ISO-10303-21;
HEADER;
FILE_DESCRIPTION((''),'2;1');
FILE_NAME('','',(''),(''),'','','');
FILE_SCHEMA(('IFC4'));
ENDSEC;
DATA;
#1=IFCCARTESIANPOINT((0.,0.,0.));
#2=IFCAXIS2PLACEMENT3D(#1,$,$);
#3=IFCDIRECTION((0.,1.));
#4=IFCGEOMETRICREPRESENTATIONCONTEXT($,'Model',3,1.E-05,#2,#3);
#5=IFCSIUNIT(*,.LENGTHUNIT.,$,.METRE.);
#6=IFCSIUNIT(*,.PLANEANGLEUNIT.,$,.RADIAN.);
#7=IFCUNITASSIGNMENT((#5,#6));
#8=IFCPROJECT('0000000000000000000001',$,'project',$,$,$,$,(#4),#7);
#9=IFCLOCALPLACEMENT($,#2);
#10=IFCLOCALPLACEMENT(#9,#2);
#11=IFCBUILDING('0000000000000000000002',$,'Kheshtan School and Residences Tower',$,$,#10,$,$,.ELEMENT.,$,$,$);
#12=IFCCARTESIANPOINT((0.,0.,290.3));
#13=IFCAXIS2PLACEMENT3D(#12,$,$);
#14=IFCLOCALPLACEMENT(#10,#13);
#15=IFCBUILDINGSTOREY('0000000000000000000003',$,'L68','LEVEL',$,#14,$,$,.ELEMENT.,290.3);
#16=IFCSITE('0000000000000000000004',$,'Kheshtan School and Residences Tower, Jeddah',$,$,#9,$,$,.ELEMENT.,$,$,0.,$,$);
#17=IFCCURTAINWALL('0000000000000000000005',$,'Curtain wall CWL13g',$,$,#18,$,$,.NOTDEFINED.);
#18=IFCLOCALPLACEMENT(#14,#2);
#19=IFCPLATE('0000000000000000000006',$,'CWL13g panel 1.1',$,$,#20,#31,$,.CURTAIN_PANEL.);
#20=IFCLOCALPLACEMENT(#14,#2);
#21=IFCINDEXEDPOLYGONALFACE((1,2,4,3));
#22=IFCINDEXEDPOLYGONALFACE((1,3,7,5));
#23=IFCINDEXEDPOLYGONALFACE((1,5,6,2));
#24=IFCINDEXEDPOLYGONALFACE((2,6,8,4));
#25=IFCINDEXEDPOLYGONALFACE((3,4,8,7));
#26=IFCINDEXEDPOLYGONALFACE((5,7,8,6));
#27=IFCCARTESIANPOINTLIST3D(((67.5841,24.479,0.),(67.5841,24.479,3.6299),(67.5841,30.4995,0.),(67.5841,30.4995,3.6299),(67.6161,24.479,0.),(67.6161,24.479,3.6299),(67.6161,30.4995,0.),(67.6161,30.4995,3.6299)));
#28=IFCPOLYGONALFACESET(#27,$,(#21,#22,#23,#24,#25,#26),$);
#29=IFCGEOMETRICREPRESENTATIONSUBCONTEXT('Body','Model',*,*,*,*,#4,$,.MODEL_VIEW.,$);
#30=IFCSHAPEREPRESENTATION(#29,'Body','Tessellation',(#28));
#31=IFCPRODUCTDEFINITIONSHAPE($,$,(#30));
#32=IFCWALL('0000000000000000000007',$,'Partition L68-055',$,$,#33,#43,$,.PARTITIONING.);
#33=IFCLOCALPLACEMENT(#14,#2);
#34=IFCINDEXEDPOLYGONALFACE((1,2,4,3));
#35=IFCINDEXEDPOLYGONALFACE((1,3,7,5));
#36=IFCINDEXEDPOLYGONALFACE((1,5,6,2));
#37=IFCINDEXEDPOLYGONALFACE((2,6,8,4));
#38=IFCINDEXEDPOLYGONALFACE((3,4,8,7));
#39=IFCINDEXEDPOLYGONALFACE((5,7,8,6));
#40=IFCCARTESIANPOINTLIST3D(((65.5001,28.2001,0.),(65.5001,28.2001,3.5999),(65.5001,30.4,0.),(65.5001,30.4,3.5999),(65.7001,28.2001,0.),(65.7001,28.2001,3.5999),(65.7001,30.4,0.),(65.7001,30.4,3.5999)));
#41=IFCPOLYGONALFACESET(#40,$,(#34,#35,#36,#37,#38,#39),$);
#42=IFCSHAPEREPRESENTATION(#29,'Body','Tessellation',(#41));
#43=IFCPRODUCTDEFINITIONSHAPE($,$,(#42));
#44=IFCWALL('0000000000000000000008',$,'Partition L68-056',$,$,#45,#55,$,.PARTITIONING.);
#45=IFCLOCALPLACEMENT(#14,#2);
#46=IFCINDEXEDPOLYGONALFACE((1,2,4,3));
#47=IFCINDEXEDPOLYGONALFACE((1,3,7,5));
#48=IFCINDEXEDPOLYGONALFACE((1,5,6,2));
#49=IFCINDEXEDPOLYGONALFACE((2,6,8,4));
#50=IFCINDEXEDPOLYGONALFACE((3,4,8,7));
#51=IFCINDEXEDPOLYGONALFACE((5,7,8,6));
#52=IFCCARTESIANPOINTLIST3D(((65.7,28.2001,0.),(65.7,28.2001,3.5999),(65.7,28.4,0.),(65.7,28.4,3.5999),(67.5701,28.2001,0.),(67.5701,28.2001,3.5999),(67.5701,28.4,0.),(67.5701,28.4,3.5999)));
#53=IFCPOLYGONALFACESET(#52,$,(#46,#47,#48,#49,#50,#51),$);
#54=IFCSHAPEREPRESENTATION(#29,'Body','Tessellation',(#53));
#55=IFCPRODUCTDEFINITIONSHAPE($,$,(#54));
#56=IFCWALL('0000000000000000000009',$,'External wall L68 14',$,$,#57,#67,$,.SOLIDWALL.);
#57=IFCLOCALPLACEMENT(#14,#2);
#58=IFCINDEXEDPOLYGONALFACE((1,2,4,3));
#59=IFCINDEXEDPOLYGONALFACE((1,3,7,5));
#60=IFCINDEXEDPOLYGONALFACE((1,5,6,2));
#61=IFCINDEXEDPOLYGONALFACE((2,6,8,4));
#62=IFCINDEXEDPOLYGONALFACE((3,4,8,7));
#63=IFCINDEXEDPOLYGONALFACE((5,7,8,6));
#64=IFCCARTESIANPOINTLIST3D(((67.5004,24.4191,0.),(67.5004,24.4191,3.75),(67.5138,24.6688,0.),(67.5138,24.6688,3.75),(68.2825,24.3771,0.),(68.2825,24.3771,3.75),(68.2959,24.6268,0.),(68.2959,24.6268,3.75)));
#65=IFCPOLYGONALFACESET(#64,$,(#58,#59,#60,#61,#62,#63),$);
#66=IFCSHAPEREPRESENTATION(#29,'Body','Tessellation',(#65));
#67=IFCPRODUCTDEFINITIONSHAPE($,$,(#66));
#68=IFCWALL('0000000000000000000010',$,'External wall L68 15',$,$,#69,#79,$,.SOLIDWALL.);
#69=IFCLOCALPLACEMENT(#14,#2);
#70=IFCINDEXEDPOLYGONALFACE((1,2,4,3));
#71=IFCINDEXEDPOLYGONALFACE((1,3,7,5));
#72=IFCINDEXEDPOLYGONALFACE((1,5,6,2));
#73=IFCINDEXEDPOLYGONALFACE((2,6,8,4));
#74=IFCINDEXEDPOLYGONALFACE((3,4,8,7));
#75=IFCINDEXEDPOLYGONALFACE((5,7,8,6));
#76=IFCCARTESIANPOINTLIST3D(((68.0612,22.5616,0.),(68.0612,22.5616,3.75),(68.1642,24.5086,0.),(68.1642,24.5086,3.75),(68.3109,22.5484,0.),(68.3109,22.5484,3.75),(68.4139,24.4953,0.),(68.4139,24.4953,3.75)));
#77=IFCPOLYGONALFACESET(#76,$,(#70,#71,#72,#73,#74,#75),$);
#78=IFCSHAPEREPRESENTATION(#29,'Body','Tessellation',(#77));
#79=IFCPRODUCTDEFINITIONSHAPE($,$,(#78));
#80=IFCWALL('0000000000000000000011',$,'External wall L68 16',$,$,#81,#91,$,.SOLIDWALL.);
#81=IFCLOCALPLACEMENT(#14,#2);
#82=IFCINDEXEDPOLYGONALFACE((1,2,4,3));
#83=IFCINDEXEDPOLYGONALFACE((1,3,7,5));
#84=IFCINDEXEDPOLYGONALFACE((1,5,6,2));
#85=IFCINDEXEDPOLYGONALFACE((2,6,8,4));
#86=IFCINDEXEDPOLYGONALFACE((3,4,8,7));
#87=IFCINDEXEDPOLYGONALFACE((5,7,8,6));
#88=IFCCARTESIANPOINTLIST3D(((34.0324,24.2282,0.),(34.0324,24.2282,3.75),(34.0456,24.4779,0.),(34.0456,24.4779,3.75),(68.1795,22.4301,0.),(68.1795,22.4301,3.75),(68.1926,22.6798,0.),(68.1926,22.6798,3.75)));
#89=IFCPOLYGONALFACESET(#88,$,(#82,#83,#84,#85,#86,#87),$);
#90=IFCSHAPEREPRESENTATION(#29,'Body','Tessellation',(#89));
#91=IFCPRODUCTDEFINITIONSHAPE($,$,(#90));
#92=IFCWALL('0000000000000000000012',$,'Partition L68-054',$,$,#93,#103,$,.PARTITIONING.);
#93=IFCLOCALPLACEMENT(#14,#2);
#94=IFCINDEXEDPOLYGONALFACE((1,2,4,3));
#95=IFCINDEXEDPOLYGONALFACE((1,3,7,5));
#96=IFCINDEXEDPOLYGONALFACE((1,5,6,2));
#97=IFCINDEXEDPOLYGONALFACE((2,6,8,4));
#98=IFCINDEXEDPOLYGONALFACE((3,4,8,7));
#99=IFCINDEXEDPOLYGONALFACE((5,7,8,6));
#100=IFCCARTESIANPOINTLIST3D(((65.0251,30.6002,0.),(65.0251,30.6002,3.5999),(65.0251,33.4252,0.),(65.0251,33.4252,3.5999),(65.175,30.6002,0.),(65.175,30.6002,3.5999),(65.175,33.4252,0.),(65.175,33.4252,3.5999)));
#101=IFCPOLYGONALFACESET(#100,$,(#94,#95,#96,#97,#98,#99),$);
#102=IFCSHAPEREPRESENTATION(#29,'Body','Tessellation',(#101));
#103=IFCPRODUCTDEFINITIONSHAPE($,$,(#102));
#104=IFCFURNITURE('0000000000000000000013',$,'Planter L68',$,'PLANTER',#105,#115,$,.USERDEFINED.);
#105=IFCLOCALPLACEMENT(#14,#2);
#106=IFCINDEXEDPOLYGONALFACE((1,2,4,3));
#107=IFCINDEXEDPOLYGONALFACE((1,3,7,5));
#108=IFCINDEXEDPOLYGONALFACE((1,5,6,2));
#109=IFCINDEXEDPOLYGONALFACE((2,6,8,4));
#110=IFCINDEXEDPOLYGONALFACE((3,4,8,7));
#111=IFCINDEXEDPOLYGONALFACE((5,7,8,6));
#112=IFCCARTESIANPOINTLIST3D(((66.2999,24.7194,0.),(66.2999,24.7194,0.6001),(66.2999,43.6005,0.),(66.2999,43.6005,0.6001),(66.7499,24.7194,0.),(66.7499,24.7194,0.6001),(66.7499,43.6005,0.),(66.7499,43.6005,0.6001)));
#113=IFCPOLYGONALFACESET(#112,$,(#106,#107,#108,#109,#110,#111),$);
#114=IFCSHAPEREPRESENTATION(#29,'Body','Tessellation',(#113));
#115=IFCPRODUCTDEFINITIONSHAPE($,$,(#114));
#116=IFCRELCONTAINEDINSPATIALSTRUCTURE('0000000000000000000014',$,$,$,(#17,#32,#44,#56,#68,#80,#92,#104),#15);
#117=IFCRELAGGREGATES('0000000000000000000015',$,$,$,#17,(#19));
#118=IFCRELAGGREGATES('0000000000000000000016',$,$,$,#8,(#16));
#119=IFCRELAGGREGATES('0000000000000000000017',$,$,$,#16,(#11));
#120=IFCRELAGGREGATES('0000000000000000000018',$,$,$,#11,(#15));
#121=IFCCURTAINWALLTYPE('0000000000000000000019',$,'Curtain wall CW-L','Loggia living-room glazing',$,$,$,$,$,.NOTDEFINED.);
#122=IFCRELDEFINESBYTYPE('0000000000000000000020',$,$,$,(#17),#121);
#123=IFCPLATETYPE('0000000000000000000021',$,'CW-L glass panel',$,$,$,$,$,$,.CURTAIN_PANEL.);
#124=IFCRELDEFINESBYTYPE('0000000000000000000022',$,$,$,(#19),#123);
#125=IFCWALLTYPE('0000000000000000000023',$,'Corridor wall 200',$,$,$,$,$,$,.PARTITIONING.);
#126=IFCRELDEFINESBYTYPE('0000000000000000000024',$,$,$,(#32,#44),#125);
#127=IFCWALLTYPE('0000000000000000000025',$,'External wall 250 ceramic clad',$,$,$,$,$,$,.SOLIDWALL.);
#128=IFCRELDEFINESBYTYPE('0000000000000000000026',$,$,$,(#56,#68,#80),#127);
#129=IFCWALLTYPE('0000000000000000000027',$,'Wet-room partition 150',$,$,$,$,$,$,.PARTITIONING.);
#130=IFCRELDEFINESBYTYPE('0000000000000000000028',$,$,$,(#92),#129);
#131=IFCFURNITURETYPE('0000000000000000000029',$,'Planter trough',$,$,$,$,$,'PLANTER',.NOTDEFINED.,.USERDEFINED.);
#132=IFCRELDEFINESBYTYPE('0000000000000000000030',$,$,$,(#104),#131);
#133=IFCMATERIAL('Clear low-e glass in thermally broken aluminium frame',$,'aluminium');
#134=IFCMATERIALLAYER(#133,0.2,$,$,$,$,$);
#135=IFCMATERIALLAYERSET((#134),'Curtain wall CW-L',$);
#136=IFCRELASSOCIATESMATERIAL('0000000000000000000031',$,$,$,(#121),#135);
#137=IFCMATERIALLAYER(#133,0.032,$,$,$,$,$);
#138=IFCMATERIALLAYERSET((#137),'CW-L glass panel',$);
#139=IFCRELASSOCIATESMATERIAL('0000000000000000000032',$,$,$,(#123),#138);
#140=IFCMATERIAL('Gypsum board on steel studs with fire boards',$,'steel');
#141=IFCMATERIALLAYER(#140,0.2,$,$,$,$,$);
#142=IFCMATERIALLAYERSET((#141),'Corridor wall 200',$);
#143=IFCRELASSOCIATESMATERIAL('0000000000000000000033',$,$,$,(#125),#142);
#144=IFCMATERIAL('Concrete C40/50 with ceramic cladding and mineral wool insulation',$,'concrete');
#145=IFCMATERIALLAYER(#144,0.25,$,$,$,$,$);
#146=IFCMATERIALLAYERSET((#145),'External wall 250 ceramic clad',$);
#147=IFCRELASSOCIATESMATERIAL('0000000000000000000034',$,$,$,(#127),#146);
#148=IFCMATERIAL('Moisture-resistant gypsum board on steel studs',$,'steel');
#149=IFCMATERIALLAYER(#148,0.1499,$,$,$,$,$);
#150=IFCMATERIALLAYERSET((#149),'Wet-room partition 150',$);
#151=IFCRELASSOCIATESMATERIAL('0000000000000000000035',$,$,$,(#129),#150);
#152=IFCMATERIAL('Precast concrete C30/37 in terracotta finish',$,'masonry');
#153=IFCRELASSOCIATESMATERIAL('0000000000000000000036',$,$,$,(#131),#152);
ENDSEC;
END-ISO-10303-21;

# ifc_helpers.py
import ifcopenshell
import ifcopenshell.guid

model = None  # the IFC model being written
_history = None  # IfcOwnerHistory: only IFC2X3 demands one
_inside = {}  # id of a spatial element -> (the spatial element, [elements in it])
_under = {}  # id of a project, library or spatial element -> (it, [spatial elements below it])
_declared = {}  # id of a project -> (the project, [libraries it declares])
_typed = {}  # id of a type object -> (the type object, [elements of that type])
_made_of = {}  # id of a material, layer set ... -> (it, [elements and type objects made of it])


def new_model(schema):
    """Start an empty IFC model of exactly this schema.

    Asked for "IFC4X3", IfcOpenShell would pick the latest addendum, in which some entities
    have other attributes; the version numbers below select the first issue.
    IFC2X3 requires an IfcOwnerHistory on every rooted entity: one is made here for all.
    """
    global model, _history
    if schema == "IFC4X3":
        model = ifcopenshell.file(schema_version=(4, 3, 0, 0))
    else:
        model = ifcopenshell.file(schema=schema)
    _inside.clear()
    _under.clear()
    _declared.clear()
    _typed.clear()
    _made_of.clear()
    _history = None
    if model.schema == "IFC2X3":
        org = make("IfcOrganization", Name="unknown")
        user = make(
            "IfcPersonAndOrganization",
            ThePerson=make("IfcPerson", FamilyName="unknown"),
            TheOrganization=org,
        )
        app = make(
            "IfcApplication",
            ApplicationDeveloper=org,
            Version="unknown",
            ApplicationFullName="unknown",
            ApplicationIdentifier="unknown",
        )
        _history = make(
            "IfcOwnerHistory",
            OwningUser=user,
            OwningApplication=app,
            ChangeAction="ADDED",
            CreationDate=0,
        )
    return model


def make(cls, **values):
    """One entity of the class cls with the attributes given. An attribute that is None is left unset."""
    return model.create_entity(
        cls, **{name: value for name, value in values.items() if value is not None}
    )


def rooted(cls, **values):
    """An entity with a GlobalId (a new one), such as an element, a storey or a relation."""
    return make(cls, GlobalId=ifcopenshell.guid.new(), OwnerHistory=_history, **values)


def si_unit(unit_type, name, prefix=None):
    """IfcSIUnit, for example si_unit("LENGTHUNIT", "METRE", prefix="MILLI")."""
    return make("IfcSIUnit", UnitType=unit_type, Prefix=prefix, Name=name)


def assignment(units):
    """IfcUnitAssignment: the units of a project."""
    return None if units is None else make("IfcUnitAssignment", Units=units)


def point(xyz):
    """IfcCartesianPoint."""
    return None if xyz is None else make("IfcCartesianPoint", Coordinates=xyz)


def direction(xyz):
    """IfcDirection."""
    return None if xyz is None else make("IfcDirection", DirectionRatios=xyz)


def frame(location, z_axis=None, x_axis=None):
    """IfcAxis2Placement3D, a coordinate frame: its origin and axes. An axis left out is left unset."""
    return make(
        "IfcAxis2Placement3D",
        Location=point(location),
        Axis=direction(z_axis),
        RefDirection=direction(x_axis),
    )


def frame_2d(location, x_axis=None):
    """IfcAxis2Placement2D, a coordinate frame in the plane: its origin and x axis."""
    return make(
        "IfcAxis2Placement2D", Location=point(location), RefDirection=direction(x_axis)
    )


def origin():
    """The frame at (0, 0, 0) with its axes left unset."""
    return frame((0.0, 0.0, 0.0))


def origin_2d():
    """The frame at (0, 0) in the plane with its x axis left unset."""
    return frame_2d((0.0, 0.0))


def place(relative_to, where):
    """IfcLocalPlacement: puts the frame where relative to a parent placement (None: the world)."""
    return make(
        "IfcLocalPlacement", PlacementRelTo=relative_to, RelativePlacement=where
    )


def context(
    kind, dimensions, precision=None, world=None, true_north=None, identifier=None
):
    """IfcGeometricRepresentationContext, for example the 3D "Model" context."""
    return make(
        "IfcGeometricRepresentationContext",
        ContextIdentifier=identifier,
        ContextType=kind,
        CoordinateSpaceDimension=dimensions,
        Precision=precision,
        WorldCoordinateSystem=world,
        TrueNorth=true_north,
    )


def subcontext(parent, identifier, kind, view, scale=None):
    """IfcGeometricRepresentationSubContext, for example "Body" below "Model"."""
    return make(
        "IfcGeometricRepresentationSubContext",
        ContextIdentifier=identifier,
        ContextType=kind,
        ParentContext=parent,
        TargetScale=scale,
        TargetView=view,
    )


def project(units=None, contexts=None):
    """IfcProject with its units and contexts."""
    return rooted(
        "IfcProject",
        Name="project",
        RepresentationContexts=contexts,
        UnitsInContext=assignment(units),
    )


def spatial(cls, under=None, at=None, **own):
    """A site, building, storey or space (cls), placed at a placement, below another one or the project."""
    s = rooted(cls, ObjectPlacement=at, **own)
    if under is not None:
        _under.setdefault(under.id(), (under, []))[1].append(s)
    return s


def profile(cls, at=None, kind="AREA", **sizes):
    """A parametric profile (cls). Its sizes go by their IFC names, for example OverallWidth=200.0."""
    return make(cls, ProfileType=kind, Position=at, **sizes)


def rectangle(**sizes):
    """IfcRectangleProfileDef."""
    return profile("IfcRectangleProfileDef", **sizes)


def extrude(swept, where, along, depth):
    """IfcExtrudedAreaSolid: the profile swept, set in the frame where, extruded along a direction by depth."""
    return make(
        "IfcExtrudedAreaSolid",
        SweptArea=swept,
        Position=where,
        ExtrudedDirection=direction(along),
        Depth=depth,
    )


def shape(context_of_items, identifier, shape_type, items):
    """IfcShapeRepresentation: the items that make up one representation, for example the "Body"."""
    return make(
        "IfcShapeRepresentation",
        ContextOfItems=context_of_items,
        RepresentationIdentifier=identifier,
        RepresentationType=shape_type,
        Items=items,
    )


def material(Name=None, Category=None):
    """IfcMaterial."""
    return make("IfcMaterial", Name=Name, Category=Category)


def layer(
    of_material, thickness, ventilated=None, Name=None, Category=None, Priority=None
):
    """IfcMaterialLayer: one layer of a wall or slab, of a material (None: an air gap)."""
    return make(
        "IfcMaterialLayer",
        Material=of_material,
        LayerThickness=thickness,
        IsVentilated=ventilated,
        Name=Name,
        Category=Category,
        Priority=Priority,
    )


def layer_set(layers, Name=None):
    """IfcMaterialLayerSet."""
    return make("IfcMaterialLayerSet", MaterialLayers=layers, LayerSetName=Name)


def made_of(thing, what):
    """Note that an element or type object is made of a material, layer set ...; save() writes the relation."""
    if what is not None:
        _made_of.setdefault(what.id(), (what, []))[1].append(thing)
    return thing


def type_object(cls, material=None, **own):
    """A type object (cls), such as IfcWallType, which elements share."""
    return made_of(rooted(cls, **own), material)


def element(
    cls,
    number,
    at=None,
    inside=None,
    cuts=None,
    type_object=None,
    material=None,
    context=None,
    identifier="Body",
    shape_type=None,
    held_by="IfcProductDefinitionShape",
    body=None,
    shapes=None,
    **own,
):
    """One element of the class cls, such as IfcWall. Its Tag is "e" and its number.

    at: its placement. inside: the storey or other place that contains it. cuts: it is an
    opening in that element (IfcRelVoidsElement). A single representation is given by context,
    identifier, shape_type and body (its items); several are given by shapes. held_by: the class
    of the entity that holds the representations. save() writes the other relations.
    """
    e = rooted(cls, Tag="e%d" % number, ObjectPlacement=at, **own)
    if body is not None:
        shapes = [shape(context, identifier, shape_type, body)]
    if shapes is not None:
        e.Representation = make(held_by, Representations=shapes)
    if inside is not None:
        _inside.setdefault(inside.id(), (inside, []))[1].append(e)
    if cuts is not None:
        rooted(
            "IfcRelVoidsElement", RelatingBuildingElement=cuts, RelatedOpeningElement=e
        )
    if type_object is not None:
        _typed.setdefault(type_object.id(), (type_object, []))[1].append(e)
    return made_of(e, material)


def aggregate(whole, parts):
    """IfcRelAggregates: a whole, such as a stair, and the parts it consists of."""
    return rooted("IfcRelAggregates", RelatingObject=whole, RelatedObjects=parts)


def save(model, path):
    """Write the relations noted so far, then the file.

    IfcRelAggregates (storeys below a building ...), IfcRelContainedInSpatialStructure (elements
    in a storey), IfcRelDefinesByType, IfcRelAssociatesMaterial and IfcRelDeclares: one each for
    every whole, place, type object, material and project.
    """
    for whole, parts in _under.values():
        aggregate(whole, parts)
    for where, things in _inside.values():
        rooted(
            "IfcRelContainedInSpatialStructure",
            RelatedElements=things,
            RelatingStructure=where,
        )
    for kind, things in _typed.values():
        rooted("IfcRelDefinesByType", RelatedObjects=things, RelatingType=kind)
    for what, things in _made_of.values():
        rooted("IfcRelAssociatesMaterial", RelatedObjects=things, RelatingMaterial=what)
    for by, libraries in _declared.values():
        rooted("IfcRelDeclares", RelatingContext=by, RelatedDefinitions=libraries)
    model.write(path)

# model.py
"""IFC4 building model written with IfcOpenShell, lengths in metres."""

from ifc_helpers import new_model, si_unit, direction, frame, frame_2d, origin, origin_2d, place, context, subcontext, project, spatial, rectangle, extrude, material, layer, layer_set, type_object, element, aggregate, save


model = new_model("IFC4")

# Units and contexts
model_context = context("Model", 3, precision=1e-05, world=origin(), true_north=direction((0.0, 1.0)))
body_context = subcontext(model_context, "Body", "Model", "MODEL_VIEW")
ifc_project = project(units=[si_unit("LENGTHUNIT", "METRE"), si_unit("PLANEANGLEUNIT", "RADIAN")], contexts=[model_context])

# Site, building, storey
site_placement = place(None, origin())
site = spatial("IfcSite", under=ifc_project, at=site_placement, Name="Kheshtan School and Residences Tower, Jeddah", CompositionType="ELEMENT", RefElevation=0.0)
building_placement = place(site_placement, origin())
building = spatial("IfcBuilding", under=site, at=building_placement, Name="Kheshtan School and Residences Tower", CompositionType="ELEMENT")
storey_placement = place(building_placement, frame((0.0, 0.0, 290.3)))
storey = spatial("IfcBuildingStorey", under=building, at=storey_placement, Name="L68", Description="LEVEL", CompositionType="ELEMENT", Elevation=290.3)

# Shared definitions
ifc_material_1 = material(Name="Clear low-e glass in thermally broken aluminium frame", Category="aluminium")
ifc_layer_1 = layer(ifc_material_1, 0.2)
ifc_layer_set_1 = layer_set([ifc_layer_1], Name="Curtain wall CW-L")
curtain_wall_type = type_object("IfcCurtainWallType", Name="Curtain wall CW-L", Description="Loggia living-room glazing", PredefinedType="NOTDEFINED", material=ifc_layer_set_1)

# Curtain wall
curtain_wall_1_placement = place(storey_placement, origin())
curtain_wall_1 = element("IfcCurtainWall", 1, at=curtain_wall_1_placement, inside=storey, type_object=curtain_wall_type, Name="Curtain wall CWL13g", PredefinedType="NOTDEFINED")

# Plate
ifc_layer_2 = layer(ifc_material_1, 0.032)
ifc_layer_set_2 = layer_set([ifc_layer_2], Name="CW-L glass panel")
plate_type = type_object("IfcPlateType", Name="CW-L glass panel", PredefinedType="CURTAIN_PANEL", material=ifc_layer_set_2)
plate_1_placement = place(storey_placement, frame((67.6001, 27.4893, 0.0), z_axis=(0.0, 0.0, 1.0), x_axis=(0.0, -1.0, 0.0)))
plate_1 = element("IfcPlate", 2, at=plate_1_placement, type_object=plate_type, Name="CWL13g panel 1.1", PredefinedType="CURTAIN_PANEL", context=body_context, shape_type="SweptSolid", body=[
    extrude(rectangle(XDim=6.0205, YDim=0.032, at=origin_2d()), origin(), (0.0, 0.0, 1.0), 3.6299),
])
aggregate(curtain_wall_1, [plate_1])

# Walls
ifc_material_2 = material(Name="Gypsum board on steel studs with fire boards", Category="steel")
ifc_layer_3 = layer(ifc_material_2, 0.2)
ifc_layer_set_3 = layer_set([ifc_layer_3], Name="Corridor wall 200")
wall_type_1 = type_object("IfcWallType", Name="Corridor wall 200", PredefinedType="PARTITIONING", material=ifc_layer_set_3)
wall_1_placement = place(storey_placement, frame((65.6001, 28.2, 0.0), z_axis=(0.0, 0.0, 1.0), x_axis=(0.0, 1.0, 0.0)))
element("IfcWall", 3, at=wall_1_placement, inside=storey, type_object=wall_type_1, Name="Partition L68-055", PredefinedType="PARTITIONING", context=body_context, shape_type="SweptSolid", body=[
    extrude(rectangle(XDim=2.2, YDim=0.2, at=frame_2d((1.1001, 0.0))), origin(), (0.0, 0.0, 1.0), 3.5999),
])
wall_2_placement = place(storey_placement, frame((65.7, 28.3, 0.0), z_axis=(0.0, 0.0, 1.0), x_axis=(1.0, 0.0, 0.0)))
element("IfcWall", 4, at=wall_2_placement, inside=storey, type_object=wall_type_1, Name="Partition L68-056", PredefinedType="PARTITIONING", context=body_context, shape_type="SweptSolid", body=[
    extrude(rectangle(XDim=1.8701, YDim=0.2, at=frame_2d((0.9351, 0.0))), origin(), (0.0, 0.0, 1.0), 3.5999),
])
ifc_material_3 = material(Name="Concrete C40/50 with ceramic cladding and mineral wool insulation", Category="concrete")
ifc_layer_4 = layer(ifc_material_3, 0.25)
ifc_layer_set_4 = layer_set([ifc_layer_4], Name="External wall 250 ceramic clad")
wall_type_2 = type_object("IfcWallType", Name="External wall 250 ceramic clad", PredefinedType="SOLIDWALL", material=ifc_layer_set_4)
wall_3_placement = place(storey_placement, frame((67.5071, 24.5439, 0.0), z_axis=(0.0, 0.0, 1.0), x_axis=(0.998561, -0.053622, 0.0)))
element("IfcWall", 5, at=wall_3_placement, inside=storey, type_object=wall_type_2, Name="External wall L68 14", PredefinedType="SOLIDWALL", context=body_context, shape_type="SweptSolid", body=[
    extrude(rectangle(XDim=0.7832, YDim=0.25, at=frame_2d((0.3916, 0.0))), origin(), (0.0, 0.0, 1.0), 3.75),
])
wall_4_placement = place(storey_placement, frame((68.2891, 24.502, 0.0), z_axis=(0.0, 0.0, 1.0), x_axis=(-0.052841, -0.998603, 0.0)))
element("IfcWall", 6, at=wall_4_placement, inside=storey, type_object=wall_type_2, Name="External wall L68 15", PredefinedType="SOLIDWALL", context=body_context, shape_type="SweptSolid", body=[
    extrude(rectangle(XDim=1.9497, YDim=0.25, at=frame_2d((0.9749, 0.0))), origin(), (0.0, 0.0, 1.0), 3.75),
])
wall_5_placement = place(storey_placement, frame((68.186, 22.5549, 0.0), z_axis=(0.0, 0.0, 1.0), x_axis=(-0.998616, 0.052585, 0.0)))
element("IfcWall", 7, at=wall_5_placement, inside=storey, type_object=wall_type_2, Name="External wall L68 16", PredefinedType="SOLIDWALL", context=body_context, shape_type="SweptSolid", body=[
    extrude(rectangle(XDim=34.1943, YDim=0.25, at=frame_2d((17.0972, 0.0))), origin(), (0.0, 0.0, 1.0), 3.75),
])

# Wall
ifc_material_4 = material(Name="Moisture-resistant gypsum board on steel studs", Category="steel")
ifc_layer_5 = layer(ifc_material_4, 0.1499)
ifc_layer_set_5 = layer_set([ifc_layer_5], Name="Wet-room partition 150")
wall_type_3 = type_object("IfcWallType", Name="Wet-room partition 150", PredefinedType="PARTITIONING", material=ifc_layer_set_5)
wall_6_placement = place(storey_placement, frame((65.1001, 30.6001, 0.0), z_axis=(0.0, 0.0, 1.0), x_axis=(0.0, 1.0, 0.0)))
element("IfcWall", 8, at=wall_6_placement, inside=storey, type_object=wall_type_3, Name="Partition L68-054", PredefinedType="PARTITIONING", context=body_context, shape_type="SweptSolid", body=[
    extrude(rectangle(XDim=2.825, YDim=0.1499, at=frame_2d((1.4126, 0.0))), origin(), (0.0, 0.0, 1.0), 3.5999),
])

# Furniture
ifc_material_5 = material(Name="Precast concrete C30/37 in terracotta finish", Category="masonry")
furniture_type = type_object("IfcFurnitureType", Name="Planter trough", ElementType="PLANTER", AssemblyPlace="NOTDEFINED", PredefinedType="USERDEFINED", material=ifc_material_5)
furniture_placement = place(storey_placement, frame((66.5249, 34.1599, 0.0), z_axis=(0.0, 0.0, 1.0), x_axis=(0.0, -1.0, 0.0)))
element("IfcFurniture", 9, at=furniture_placement, inside=storey, type_object=furniture_type, Name="Planter L68", ObjectType="PLANTER", PredefinedType="USERDEFINED", context=body_context, shape_type="SweptSolid", body=[
    extrude(rectangle(XDim=18.8811, YDim=0.45, at=origin_2d()), origin(), (0.0, 0.0, 1.0), 0.6001),
])

save(model, "model.ifc")
